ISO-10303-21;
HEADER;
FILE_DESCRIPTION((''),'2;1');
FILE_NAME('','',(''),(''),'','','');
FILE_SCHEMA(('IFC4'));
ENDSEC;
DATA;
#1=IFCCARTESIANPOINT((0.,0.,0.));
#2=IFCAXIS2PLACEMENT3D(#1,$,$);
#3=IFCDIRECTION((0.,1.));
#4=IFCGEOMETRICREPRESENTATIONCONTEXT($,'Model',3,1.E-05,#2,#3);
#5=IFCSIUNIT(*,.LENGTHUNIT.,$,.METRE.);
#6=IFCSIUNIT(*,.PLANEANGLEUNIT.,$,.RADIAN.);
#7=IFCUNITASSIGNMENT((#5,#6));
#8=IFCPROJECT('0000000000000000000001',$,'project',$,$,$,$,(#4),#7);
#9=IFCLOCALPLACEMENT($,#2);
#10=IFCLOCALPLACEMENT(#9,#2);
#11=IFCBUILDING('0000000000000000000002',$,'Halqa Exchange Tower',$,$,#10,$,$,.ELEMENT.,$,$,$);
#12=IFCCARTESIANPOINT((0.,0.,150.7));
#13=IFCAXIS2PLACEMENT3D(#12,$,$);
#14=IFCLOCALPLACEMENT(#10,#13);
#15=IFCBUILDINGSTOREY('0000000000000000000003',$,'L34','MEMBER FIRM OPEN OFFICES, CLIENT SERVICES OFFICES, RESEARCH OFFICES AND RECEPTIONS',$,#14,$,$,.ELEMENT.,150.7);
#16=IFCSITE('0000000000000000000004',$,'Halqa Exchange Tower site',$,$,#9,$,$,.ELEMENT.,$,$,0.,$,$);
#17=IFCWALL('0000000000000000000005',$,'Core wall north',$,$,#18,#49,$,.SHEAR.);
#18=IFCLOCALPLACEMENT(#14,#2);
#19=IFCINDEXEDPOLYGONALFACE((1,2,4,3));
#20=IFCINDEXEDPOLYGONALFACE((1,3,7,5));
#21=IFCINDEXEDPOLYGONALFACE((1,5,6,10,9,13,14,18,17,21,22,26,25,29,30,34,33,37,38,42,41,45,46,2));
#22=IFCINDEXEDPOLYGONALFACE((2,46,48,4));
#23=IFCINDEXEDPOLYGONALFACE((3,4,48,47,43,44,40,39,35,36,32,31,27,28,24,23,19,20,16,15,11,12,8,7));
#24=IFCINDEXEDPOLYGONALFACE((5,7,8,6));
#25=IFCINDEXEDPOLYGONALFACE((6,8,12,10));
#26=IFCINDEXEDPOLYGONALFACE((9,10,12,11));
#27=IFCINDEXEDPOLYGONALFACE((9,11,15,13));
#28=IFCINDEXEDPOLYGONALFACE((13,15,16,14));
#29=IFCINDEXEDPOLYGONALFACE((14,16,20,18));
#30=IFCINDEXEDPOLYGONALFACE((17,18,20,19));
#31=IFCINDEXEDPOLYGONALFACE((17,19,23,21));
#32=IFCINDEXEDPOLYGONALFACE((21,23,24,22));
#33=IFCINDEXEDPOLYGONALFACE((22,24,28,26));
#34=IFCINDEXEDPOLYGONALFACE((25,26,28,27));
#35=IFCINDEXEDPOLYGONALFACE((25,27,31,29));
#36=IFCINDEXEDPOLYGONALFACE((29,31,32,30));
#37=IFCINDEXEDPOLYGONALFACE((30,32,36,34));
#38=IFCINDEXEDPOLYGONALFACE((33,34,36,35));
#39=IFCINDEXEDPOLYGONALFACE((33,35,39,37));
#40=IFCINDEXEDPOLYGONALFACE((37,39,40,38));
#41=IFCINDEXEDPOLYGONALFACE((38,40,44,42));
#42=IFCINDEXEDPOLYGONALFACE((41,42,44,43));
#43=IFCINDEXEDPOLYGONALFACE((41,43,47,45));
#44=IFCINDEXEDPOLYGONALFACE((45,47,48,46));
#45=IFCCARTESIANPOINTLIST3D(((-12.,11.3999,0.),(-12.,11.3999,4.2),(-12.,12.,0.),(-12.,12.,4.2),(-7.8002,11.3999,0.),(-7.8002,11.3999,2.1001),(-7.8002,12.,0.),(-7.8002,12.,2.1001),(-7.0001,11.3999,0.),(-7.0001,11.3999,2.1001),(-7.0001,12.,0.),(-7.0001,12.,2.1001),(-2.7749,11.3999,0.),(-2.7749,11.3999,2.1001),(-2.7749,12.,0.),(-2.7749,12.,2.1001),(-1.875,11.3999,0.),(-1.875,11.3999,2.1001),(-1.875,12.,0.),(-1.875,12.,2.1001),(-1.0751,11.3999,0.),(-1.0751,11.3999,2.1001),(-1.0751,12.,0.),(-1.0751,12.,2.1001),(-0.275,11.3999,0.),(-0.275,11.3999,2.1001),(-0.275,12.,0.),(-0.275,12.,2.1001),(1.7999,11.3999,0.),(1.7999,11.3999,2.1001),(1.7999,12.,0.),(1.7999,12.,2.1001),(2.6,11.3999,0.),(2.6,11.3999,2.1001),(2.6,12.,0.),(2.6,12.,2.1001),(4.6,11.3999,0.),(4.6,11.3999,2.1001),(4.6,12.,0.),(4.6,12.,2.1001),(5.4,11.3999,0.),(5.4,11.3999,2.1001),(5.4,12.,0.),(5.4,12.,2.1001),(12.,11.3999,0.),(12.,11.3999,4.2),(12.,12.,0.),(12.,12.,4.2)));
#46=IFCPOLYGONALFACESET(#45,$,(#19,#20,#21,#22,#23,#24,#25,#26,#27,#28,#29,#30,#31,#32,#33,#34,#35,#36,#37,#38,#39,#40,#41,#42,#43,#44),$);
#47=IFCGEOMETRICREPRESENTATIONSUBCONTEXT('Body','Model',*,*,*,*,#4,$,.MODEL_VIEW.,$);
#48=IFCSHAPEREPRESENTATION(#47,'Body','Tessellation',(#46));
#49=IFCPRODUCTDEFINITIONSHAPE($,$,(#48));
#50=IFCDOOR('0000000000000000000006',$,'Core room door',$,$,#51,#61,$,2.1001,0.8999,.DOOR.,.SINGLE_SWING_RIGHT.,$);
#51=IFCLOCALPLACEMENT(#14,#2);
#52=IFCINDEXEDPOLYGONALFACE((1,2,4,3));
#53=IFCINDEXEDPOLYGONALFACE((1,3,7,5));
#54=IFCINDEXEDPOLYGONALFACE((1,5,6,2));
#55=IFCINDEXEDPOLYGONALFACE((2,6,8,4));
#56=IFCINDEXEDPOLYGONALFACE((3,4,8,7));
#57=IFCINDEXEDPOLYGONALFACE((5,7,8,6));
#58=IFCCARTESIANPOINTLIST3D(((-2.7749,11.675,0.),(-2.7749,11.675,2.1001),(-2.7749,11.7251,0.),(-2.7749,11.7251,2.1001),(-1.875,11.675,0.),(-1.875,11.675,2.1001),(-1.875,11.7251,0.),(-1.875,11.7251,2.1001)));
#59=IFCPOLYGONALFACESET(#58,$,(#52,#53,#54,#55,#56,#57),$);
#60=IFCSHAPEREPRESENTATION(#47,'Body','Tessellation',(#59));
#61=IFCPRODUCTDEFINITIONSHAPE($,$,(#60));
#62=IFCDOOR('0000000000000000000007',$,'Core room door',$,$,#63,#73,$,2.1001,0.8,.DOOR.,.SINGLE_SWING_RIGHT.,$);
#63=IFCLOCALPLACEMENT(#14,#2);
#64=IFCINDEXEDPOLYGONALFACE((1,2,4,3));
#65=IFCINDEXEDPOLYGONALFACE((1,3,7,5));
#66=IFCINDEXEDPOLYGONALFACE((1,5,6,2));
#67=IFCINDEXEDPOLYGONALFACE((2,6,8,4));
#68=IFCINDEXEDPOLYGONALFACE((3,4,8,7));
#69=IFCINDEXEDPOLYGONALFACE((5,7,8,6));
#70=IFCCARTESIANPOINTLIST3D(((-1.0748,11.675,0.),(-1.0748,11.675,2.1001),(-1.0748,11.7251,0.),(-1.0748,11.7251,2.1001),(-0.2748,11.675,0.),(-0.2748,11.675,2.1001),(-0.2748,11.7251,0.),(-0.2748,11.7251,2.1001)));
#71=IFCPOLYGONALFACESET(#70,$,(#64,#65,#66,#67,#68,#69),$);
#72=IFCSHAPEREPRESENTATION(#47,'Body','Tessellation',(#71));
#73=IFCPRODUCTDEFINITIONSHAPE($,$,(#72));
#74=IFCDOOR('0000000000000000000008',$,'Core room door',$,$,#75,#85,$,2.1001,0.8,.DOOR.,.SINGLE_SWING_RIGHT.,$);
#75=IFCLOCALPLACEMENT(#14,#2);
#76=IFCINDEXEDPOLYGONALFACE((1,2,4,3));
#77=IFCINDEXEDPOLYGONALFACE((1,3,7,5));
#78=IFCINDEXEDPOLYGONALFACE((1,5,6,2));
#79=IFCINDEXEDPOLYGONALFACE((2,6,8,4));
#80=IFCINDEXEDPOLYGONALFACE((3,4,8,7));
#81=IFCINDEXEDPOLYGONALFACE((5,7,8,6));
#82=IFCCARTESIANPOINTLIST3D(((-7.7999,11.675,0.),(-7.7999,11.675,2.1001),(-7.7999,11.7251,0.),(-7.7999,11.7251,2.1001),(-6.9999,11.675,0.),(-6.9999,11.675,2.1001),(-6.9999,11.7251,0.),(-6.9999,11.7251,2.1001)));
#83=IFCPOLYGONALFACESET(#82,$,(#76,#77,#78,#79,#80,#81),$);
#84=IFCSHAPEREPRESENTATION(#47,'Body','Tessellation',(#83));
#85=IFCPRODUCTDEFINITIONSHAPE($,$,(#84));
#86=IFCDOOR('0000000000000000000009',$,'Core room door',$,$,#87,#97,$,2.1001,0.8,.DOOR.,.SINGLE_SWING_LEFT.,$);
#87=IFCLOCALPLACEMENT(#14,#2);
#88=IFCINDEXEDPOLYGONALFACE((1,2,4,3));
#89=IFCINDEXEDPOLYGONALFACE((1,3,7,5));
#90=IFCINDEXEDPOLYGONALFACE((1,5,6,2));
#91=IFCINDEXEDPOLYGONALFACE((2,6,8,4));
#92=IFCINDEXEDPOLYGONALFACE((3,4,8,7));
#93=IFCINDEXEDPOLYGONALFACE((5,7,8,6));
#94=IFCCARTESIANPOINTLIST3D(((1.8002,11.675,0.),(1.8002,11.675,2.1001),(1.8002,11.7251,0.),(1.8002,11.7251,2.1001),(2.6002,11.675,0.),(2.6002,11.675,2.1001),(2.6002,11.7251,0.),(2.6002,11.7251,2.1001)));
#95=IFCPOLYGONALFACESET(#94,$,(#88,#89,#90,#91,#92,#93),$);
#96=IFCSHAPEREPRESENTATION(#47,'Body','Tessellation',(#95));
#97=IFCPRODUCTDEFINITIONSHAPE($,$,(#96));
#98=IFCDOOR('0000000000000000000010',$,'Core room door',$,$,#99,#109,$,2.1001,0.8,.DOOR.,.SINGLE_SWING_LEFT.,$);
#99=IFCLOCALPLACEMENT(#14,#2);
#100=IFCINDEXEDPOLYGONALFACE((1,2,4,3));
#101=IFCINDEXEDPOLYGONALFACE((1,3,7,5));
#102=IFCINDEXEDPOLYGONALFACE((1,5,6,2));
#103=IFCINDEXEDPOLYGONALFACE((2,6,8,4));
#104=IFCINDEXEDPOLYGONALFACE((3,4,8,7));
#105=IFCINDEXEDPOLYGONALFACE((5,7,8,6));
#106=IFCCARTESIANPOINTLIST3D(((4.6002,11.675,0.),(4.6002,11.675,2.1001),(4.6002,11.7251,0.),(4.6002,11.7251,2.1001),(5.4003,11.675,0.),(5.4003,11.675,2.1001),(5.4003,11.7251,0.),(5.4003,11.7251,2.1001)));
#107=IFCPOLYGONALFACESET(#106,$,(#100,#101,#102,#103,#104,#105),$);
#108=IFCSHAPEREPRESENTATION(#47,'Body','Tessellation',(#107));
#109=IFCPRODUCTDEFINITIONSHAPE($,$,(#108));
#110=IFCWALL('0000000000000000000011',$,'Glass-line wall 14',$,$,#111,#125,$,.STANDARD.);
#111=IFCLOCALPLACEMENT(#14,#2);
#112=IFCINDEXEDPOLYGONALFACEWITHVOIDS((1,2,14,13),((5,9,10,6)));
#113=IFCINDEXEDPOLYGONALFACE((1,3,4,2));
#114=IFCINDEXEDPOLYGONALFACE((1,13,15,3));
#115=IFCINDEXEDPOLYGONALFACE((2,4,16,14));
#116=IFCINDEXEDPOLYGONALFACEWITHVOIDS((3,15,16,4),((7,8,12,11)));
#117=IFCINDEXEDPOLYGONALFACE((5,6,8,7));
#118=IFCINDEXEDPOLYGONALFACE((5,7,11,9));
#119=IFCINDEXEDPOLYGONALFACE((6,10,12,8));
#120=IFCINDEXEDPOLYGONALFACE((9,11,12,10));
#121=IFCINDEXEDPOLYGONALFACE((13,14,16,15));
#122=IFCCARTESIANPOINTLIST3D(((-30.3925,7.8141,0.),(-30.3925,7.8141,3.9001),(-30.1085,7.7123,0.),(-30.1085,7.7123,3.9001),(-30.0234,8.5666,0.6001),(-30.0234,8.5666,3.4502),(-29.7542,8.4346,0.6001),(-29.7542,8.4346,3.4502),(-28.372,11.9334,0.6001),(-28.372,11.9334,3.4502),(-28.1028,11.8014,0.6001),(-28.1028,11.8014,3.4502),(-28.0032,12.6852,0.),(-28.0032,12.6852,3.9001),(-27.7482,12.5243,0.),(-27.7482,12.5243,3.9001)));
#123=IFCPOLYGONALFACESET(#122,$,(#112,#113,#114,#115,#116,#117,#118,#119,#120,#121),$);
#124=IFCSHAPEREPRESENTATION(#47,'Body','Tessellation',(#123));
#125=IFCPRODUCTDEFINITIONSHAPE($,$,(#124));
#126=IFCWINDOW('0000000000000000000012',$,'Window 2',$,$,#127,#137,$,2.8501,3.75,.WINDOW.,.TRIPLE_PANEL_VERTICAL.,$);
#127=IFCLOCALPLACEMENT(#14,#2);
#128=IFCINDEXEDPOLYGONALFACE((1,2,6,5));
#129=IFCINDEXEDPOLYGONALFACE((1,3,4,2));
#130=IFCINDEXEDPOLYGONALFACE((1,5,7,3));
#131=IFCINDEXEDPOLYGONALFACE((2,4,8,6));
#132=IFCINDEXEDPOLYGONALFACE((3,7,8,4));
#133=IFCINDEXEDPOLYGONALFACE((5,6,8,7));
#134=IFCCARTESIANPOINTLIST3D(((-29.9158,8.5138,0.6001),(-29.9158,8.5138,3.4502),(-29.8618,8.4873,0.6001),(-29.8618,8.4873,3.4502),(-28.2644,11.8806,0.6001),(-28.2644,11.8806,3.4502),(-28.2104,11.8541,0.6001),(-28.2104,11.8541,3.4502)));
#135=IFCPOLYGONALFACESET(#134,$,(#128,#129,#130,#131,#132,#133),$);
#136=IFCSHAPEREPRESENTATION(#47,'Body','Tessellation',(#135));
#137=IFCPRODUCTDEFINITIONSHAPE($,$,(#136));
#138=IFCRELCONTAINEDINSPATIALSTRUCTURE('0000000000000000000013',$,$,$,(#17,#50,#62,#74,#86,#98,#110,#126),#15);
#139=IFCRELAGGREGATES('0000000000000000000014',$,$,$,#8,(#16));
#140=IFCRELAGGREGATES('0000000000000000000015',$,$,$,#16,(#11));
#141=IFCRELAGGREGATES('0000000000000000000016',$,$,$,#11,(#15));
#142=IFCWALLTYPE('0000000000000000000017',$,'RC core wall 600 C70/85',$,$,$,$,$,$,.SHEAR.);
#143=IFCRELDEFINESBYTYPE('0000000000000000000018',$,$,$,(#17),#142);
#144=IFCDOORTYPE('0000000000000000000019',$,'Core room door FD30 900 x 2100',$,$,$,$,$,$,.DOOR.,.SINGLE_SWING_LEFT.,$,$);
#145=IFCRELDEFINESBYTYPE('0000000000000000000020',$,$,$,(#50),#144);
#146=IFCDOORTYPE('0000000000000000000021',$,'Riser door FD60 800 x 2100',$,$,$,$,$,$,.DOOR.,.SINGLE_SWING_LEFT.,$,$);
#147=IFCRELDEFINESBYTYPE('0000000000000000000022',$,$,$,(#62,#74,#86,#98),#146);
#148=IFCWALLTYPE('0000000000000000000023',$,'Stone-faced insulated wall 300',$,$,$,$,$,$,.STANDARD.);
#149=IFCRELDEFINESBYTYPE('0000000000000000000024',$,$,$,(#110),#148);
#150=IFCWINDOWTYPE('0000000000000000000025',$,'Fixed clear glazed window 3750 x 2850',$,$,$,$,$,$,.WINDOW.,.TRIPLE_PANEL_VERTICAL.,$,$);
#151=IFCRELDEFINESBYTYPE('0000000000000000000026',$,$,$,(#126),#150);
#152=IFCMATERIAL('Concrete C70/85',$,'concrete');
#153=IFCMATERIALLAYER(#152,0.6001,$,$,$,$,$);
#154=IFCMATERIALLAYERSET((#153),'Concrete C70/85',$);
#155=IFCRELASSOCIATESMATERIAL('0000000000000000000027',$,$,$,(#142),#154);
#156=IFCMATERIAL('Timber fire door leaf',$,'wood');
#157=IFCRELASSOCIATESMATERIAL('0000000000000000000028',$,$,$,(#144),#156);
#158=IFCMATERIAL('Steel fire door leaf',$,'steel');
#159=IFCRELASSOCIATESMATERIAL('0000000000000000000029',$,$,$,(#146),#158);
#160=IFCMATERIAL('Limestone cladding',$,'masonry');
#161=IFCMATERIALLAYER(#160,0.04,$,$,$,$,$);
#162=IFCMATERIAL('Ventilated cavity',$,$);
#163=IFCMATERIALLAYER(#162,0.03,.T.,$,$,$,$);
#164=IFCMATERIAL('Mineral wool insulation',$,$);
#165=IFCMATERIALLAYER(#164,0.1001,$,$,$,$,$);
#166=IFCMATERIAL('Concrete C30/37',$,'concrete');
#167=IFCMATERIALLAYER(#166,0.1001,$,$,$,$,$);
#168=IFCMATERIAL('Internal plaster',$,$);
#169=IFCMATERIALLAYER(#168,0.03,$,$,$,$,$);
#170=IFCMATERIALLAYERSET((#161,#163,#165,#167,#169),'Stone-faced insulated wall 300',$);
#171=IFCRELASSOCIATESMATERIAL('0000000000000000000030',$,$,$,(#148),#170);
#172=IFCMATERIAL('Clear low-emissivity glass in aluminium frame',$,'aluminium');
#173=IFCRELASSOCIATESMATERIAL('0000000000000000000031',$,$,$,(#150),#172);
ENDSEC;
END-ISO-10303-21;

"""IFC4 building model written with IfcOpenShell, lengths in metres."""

from ifc_helpers import new_model, si_unit, direction, frame, frame_2d, origin, place, context, subcontext, project, spatial, polyline, rectangle, outline, extrude, material, layer, layer_set, type_object, element, fill, save


model = new_model("IFC4")

# Units and contexts
model_context = context("Model", 3, precision=1e-05, world=origin(), true_north=direction((0.0, 1.0)))
body_context = subcontext(model_context, "Body", "Model", "MODEL_VIEW")
ifc_project = project(units=[si_unit("LENGTHUNIT", "METRE"), si_unit("PLANEANGLEUNIT", "RADIAN")], contexts=[model_context])

# Site, building, storey
site_placement = place(None, origin())
site = spatial("IfcSite", under=ifc_project, at=site_placement, Name="Halqa Exchange Tower site", CompositionType="ELEMENT", RefElevation=0.0)
building_placement = place(site_placement, origin())
building = spatial("IfcBuilding", under=site, at=building_placement, Name="Halqa Exchange Tower", CompositionType="ELEMENT")
storey_placement = place(building_placement, frame((0.0, 0.0, 150.7)))
storey = spatial("IfcBuildingStorey", under=building, at=storey_placement, Name="L34", Description="MEMBER FIRM OPEN OFFICES, CLIENT SERVICES OFFICES, RESEARCH OFFICES AND RECEPTIONS", CompositionType="ELEMENT", Elevation=150.7)

# Shared definitions
ifc_material_1 = material(Name="Concrete C70/85", Category="concrete")

# Wall, openings, doors
ifc_layer_1 = layer(ifc_material_1, 0.6001)
ifc_layer_set_1 = layer_set([ifc_layer_1], Name="Concrete C70/85")
wall_type_1 = type_object("IfcWallType", Name="RC core wall 600 C70/85", PredefinedType="SHEAR", material=ifc_layer_set_1)
wall_1_placement = place(storey_placement, frame((-12.0, 11.7, 0.0), z_axis=(0.0, 0.0, 1.0), x_axis=(1.0, 0.0, 0.0)))
wall_1 = element("IfcWall", 1, at=wall_1_placement, inside=storey, type_object=wall_type_1, Name="Core wall north", PredefinedType="SHEAR", context=body_context, shape_type="SweptSolid", body=[
    extrude(rectangle(XDim=24.0, YDim=0.6001, at=frame_2d((12.0, 0.0))), origin(), (0.0, 0.0, 1.0), 4.2),
])
opening_1_placement = place(wall_1_placement, frame((9.2251, 0.0, 0.0)))
opening_1 = element("IfcOpeningElement", 2, at=opening_1_placement, cuts=wall_1, PredefinedType="OPENING", context=body_context, shape_type="SweptSolid", body=[
    extrude(rectangle(XDim=0.8999, YDim=2.1001, at=frame_2d((0.45, 1.05))), frame((0.0, 0.312, 0.0), z_axis=(0.0, -1.0, 0.0), x_axis=(1.0, 0.0, 0.0)), (0.0, 0.0, 1.0), 0.624),
])
opening_2_placement = place(wall_1_placement, frame((10.925, 0.0, 0.0)))
opening_2 = element("IfcOpeningElement", 3, at=opening_2_placement, cuts=wall_1, PredefinedType="OPENING", context=body_context, shape_type="SweptSolid", body=[
    extrude(rectangle(XDim=0.8, YDim=2.1001, at=frame_2d((0.3999, 1.05))), frame((0.0, 0.312, 0.0), z_axis=(0.0, -1.0, 0.0), x_axis=(1.0, 0.0, 0.0)), (0.0, 0.0, 1.0), 0.624),
])
opening_3_placement = place(wall_1_placement, frame((4.2, 0.0, 0.0)))
opening_3 = element("IfcOpeningElement", 4, at=opening_3_placement, cuts=wall_1, PredefinedType="OPENING", context=body_context, shape_type="SweptSolid", body=[
    extrude(rectangle(XDim=0.8, YDim=2.1001, at=frame_2d((0.3999, 1.05))), frame((0.0, 0.312, 0.0), z_axis=(0.0, -1.0, 0.0), x_axis=(1.0, 0.0, 0.0)), (0.0, 0.0, 1.0), 0.624),
])
opening_4_placement = place(wall_1_placement, frame((13.8, 0.0, 0.0)))
opening_4 = element("IfcOpeningElement", 5, at=opening_4_placement, cuts=wall_1, PredefinedType="OPENING", context=body_context, shape_type="SweptSolid", body=[
    extrude(rectangle(XDim=0.8, YDim=2.1001, at=frame_2d((0.3999, 1.05))), frame((0.0, 0.312, 0.0), z_axis=(0.0, -1.0, 0.0), x_axis=(1.0, 0.0, 0.0)), (0.0, 0.0, 1.0), 0.624),
])
opening_5_placement = place(wall_1_placement, frame((16.6001, 0.0, 0.0)))
opening_5 = element("IfcOpeningElement", 6, at=opening_5_placement, cuts=wall_1, PredefinedType="OPENING", context=body_context, shape_type="SweptSolid", body=[
    extrude(rectangle(XDim=0.8, YDim=2.1001, at=frame_2d((0.3999, 1.05))), frame((0.0, 0.312, 0.0), z_axis=(0.0, -1.0, 0.0), x_axis=(1.0, 0.0, 0.0)), (0.0, 0.0, 1.0), 0.624),
])
ifc_material_2 = material(Name="Timber fire door leaf", Category="wood")
door_type_1 = type_object("IfcDoorType", Name="Core room door FD30 900 x 2100", OperationType="SINGLE_SWING_LEFT", PredefinedType="DOOR", material=ifc_material_2)
door_1_placement = place(opening_1_placement, frame((0.8999, 0.0, 0.0), z_axis=(0.0, 0.0, 1.0), x_axis=(-1.0, 0.0, 0.0)))
door_1 = element("IfcDoor", 7, at=door_1_placement, inside=storey, type_object=door_type_1, Name="Core room door", OperationType="SINGLE_SWING_RIGHT", OverallHeight=2.1001, OverallWidth=0.8999, PredefinedType="DOOR", context=body_context, shape_type="SweptSolid", body=[
    extrude(rectangle(XDim=0.8999, YDim=2.1001, at=frame_2d((0.45, 1.05))), frame((0.0, 0.0249, 0.0), z_axis=(0.0, -1.0, 0.0), x_axis=(1.0, 0.0, 0.0)), (0.0, 0.0, 1.0), 0.05),
])
fill(opening_1, door_1)
ifc_material_3 = material(Name="Steel fire door leaf", Category="steel")
door_type_2 = type_object("IfcDoorType", Name="Riser door FD60 800 x 2100", OperationType="SINGLE_SWING_LEFT", PredefinedType="DOOR", material=ifc_material_3)
door_2_placement = place(opening_2_placement, frame((0.8, 0.0, 0.0), z_axis=(0.0, 0.0, 1.0), x_axis=(-1.0, 0.0, 0.0)))
door_2 = element("IfcDoor", 8, at=door_2_placement, inside=storey, type_object=door_type_2, Name="Core room door", OperationType="SINGLE_SWING_RIGHT", OverallHeight=2.1001, OverallWidth=0.8, PredefinedType="DOOR", context=body_context, shape_type="SweptSolid", body=[
    extrude(rectangle(XDim=0.8, YDim=2.1001, at=frame_2d((0.3999, 1.05))), frame((0.0, 0.0249, 0.0), z_axis=(0.0, -1.0, 0.0), x_axis=(1.0, 0.0, 0.0)), (0.0, 0.0, 1.0), 0.05),
])
fill(opening_2, door_2)
door_3_placement = place(opening_3_placement, frame((0.8, 0.0, 0.0), z_axis=(0.0, 0.0, 1.0), x_axis=(-1.0, 0.0, 0.0)))
door_3 = element("IfcDoor", 9, at=door_3_placement, inside=storey, type_object=door_type_2, Name="Core room door", OperationType="SINGLE_SWING_RIGHT", OverallHeight=2.1001, OverallWidth=0.8, PredefinedType="DOOR", context=body_context, shape_type="SweptSolid", body=[
    extrude(rectangle(XDim=0.8, YDim=2.1001, at=frame_2d((0.3999, 1.05))), frame((0.0, 0.0249, 0.0), z_axis=(0.0, -1.0, 0.0), x_axis=(1.0, 0.0, 0.0)), (0.0, 0.0, 1.0), 0.05),
])
fill(opening_3, door_3)
door_4_placement = place(opening_4_placement, frame((0.8, 0.0, 0.0), z_axis=(0.0, 0.0, 1.0), x_axis=(-1.0, 0.0, 0.0)))
door_4 = element("IfcDoor", 10, at=door_4_placement, inside=storey, type_object=door_type_2, Name="Core room door", OperationType="SINGLE_SWING_LEFT", OverallHeight=2.1001, OverallWidth=0.8, PredefinedType="DOOR", context=body_context, shape_type="SweptSolid", body=[
    extrude(rectangle(XDim=0.8, YDim=2.1001, at=frame_2d((0.3999, 1.05))), frame((0.0, 0.0249, 0.0), z_axis=(0.0, -1.0, 0.0), x_axis=(1.0, 0.0, 0.0)), (0.0, 0.0, 1.0), 0.05),
])
fill(opening_4, door_4)
door_5_placement = place(opening_5_placement, frame((0.8, 0.0, 0.0), z_axis=(0.0, 0.0, 1.0), x_axis=(-1.0, 0.0, 0.0)))
door_5 = element("IfcDoor", 11, at=door_5_placement, inside=storey, type_object=door_type_2, Name="Core room door", OperationType="SINGLE_SWING_LEFT", OverallHeight=2.1001, OverallWidth=0.8, PredefinedType="DOOR", context=body_context, shape_type="SweptSolid", body=[
    extrude(rectangle(XDim=0.8, YDim=2.1001, at=frame_2d((0.3999, 1.05))), frame((0.0, 0.0249, 0.0), z_axis=(0.0, -1.0, 0.0), x_axis=(1.0, 0.0, 0.0)), (0.0, 0.0, 1.0), 0.05),
])
fill(opening_5, door_5)

# Wall, opening, window
ifc_material_4 = material(Name="Limestone cladding", Category="masonry")
ifc_layer_2 = layer(ifc_material_4, 0.04)
ifc_material_5 = material(Name="Ventilated cavity")
ifc_layer_3 = layer(ifc_material_5, 0.03, ventilated=True)
ifc_material_6 = material(Name="Mineral wool insulation")
ifc_layer_4 = layer(ifc_material_6, 0.1001)
ifc_material_7 = material(Name="Concrete C30/37", Category="concrete")
ifc_layer_5 = layer(ifc_material_7, 0.1001)
ifc_material_8 = material(Name="Internal plaster")
ifc_layer_6 = layer(ifc_material_8, 0.03)
ifc_layer_set_2 = layer_set([ifc_layer_2, ifc_layer_3, ifc_layer_4, ifc_layer_5, ifc_layer_6], Name="Stone-faced insulated wall 300")
wall_type_2 = type_object("IfcWallType", Name="Stone-faced insulated wall 300", PredefinedType="STANDARD", material=ifc_layer_set_2)
wall_2_placement = place(storey_placement, frame((-27.8757, 12.6047, 0.0), z_axis=(0.0, 0.0, 1.0), x_axis=(-0.440373, -0.897815, 0.0)))
wall_2 = element("IfcWall", 12, at=wall_2_placement, inside=storey, type_object=wall_type_2, Name="Glass-line wall 14", PredefinedType="STANDARD", context=body_context, shape_type="SweptSolid", body=[
    extrude(outline(polyline([(-0.0161, -0.1499), (5.4094, -0.1499), (5.3757, 0.1499), (0.0161, 0.1499), (-0.0161, -0.1499)])), origin(), (0.0, 0.0, 1.0), 3.9001),
])
opening_6_placement = place(wall_2_placement, frame((0.8213, 0.0, 0.6001)))
opening_6 = element("IfcOpeningElement", 13, at=opening_6_placement, cuts=wall_2, PredefinedType="OPENING", context=body_context, shape_type="SweptSolid", body=[
    extrude(rectangle(XDim=3.75, YDim=2.8501, at=frame_2d((1.875, 1.425))), frame((0.0, 0.1621, 0.0), z_axis=(0.0, -1.0, 0.0), x_axis=(1.0, 0.0, 0.0)), (0.0, 0.0, 1.0), 0.324),
])
ifc_material_9 = material(Name="Clear low-emissivity glass in aluminium frame", Category="aluminium")
window_type = type_object("IfcWindowType", Name="Fixed clear glazed window 3750 x 2850", PartitioningType="TRIPLE_PANEL_VERTICAL", PredefinedType="WINDOW", material=ifc_material_9)
window_1_placement = place(opening_6_placement, origin())
window_1 = element("IfcWindow", 14, at=window_1_placement, inside=storey, type_object=window_type, Name="Window 2", OverallHeight=2.8501, OverallWidth=3.75, PartitioningType="TRIPLE_PANEL_VERTICAL", PredefinedType="WINDOW", context=body_context, shape_type="SweptSolid", body=[
    extrude(rectangle(XDim=3.75, YDim=2.8501, at=frame_2d((1.875, 1.425))), frame((0.0, 0.03, 0.0), z_axis=(0.0, -1.0, 0.0), x_axis=(1.0, 0.0, 0.0)), (0.0, 0.0, 1.0), 0.0601),
])
fill(opening_6, window_1)

save(model, "model.ifc")
